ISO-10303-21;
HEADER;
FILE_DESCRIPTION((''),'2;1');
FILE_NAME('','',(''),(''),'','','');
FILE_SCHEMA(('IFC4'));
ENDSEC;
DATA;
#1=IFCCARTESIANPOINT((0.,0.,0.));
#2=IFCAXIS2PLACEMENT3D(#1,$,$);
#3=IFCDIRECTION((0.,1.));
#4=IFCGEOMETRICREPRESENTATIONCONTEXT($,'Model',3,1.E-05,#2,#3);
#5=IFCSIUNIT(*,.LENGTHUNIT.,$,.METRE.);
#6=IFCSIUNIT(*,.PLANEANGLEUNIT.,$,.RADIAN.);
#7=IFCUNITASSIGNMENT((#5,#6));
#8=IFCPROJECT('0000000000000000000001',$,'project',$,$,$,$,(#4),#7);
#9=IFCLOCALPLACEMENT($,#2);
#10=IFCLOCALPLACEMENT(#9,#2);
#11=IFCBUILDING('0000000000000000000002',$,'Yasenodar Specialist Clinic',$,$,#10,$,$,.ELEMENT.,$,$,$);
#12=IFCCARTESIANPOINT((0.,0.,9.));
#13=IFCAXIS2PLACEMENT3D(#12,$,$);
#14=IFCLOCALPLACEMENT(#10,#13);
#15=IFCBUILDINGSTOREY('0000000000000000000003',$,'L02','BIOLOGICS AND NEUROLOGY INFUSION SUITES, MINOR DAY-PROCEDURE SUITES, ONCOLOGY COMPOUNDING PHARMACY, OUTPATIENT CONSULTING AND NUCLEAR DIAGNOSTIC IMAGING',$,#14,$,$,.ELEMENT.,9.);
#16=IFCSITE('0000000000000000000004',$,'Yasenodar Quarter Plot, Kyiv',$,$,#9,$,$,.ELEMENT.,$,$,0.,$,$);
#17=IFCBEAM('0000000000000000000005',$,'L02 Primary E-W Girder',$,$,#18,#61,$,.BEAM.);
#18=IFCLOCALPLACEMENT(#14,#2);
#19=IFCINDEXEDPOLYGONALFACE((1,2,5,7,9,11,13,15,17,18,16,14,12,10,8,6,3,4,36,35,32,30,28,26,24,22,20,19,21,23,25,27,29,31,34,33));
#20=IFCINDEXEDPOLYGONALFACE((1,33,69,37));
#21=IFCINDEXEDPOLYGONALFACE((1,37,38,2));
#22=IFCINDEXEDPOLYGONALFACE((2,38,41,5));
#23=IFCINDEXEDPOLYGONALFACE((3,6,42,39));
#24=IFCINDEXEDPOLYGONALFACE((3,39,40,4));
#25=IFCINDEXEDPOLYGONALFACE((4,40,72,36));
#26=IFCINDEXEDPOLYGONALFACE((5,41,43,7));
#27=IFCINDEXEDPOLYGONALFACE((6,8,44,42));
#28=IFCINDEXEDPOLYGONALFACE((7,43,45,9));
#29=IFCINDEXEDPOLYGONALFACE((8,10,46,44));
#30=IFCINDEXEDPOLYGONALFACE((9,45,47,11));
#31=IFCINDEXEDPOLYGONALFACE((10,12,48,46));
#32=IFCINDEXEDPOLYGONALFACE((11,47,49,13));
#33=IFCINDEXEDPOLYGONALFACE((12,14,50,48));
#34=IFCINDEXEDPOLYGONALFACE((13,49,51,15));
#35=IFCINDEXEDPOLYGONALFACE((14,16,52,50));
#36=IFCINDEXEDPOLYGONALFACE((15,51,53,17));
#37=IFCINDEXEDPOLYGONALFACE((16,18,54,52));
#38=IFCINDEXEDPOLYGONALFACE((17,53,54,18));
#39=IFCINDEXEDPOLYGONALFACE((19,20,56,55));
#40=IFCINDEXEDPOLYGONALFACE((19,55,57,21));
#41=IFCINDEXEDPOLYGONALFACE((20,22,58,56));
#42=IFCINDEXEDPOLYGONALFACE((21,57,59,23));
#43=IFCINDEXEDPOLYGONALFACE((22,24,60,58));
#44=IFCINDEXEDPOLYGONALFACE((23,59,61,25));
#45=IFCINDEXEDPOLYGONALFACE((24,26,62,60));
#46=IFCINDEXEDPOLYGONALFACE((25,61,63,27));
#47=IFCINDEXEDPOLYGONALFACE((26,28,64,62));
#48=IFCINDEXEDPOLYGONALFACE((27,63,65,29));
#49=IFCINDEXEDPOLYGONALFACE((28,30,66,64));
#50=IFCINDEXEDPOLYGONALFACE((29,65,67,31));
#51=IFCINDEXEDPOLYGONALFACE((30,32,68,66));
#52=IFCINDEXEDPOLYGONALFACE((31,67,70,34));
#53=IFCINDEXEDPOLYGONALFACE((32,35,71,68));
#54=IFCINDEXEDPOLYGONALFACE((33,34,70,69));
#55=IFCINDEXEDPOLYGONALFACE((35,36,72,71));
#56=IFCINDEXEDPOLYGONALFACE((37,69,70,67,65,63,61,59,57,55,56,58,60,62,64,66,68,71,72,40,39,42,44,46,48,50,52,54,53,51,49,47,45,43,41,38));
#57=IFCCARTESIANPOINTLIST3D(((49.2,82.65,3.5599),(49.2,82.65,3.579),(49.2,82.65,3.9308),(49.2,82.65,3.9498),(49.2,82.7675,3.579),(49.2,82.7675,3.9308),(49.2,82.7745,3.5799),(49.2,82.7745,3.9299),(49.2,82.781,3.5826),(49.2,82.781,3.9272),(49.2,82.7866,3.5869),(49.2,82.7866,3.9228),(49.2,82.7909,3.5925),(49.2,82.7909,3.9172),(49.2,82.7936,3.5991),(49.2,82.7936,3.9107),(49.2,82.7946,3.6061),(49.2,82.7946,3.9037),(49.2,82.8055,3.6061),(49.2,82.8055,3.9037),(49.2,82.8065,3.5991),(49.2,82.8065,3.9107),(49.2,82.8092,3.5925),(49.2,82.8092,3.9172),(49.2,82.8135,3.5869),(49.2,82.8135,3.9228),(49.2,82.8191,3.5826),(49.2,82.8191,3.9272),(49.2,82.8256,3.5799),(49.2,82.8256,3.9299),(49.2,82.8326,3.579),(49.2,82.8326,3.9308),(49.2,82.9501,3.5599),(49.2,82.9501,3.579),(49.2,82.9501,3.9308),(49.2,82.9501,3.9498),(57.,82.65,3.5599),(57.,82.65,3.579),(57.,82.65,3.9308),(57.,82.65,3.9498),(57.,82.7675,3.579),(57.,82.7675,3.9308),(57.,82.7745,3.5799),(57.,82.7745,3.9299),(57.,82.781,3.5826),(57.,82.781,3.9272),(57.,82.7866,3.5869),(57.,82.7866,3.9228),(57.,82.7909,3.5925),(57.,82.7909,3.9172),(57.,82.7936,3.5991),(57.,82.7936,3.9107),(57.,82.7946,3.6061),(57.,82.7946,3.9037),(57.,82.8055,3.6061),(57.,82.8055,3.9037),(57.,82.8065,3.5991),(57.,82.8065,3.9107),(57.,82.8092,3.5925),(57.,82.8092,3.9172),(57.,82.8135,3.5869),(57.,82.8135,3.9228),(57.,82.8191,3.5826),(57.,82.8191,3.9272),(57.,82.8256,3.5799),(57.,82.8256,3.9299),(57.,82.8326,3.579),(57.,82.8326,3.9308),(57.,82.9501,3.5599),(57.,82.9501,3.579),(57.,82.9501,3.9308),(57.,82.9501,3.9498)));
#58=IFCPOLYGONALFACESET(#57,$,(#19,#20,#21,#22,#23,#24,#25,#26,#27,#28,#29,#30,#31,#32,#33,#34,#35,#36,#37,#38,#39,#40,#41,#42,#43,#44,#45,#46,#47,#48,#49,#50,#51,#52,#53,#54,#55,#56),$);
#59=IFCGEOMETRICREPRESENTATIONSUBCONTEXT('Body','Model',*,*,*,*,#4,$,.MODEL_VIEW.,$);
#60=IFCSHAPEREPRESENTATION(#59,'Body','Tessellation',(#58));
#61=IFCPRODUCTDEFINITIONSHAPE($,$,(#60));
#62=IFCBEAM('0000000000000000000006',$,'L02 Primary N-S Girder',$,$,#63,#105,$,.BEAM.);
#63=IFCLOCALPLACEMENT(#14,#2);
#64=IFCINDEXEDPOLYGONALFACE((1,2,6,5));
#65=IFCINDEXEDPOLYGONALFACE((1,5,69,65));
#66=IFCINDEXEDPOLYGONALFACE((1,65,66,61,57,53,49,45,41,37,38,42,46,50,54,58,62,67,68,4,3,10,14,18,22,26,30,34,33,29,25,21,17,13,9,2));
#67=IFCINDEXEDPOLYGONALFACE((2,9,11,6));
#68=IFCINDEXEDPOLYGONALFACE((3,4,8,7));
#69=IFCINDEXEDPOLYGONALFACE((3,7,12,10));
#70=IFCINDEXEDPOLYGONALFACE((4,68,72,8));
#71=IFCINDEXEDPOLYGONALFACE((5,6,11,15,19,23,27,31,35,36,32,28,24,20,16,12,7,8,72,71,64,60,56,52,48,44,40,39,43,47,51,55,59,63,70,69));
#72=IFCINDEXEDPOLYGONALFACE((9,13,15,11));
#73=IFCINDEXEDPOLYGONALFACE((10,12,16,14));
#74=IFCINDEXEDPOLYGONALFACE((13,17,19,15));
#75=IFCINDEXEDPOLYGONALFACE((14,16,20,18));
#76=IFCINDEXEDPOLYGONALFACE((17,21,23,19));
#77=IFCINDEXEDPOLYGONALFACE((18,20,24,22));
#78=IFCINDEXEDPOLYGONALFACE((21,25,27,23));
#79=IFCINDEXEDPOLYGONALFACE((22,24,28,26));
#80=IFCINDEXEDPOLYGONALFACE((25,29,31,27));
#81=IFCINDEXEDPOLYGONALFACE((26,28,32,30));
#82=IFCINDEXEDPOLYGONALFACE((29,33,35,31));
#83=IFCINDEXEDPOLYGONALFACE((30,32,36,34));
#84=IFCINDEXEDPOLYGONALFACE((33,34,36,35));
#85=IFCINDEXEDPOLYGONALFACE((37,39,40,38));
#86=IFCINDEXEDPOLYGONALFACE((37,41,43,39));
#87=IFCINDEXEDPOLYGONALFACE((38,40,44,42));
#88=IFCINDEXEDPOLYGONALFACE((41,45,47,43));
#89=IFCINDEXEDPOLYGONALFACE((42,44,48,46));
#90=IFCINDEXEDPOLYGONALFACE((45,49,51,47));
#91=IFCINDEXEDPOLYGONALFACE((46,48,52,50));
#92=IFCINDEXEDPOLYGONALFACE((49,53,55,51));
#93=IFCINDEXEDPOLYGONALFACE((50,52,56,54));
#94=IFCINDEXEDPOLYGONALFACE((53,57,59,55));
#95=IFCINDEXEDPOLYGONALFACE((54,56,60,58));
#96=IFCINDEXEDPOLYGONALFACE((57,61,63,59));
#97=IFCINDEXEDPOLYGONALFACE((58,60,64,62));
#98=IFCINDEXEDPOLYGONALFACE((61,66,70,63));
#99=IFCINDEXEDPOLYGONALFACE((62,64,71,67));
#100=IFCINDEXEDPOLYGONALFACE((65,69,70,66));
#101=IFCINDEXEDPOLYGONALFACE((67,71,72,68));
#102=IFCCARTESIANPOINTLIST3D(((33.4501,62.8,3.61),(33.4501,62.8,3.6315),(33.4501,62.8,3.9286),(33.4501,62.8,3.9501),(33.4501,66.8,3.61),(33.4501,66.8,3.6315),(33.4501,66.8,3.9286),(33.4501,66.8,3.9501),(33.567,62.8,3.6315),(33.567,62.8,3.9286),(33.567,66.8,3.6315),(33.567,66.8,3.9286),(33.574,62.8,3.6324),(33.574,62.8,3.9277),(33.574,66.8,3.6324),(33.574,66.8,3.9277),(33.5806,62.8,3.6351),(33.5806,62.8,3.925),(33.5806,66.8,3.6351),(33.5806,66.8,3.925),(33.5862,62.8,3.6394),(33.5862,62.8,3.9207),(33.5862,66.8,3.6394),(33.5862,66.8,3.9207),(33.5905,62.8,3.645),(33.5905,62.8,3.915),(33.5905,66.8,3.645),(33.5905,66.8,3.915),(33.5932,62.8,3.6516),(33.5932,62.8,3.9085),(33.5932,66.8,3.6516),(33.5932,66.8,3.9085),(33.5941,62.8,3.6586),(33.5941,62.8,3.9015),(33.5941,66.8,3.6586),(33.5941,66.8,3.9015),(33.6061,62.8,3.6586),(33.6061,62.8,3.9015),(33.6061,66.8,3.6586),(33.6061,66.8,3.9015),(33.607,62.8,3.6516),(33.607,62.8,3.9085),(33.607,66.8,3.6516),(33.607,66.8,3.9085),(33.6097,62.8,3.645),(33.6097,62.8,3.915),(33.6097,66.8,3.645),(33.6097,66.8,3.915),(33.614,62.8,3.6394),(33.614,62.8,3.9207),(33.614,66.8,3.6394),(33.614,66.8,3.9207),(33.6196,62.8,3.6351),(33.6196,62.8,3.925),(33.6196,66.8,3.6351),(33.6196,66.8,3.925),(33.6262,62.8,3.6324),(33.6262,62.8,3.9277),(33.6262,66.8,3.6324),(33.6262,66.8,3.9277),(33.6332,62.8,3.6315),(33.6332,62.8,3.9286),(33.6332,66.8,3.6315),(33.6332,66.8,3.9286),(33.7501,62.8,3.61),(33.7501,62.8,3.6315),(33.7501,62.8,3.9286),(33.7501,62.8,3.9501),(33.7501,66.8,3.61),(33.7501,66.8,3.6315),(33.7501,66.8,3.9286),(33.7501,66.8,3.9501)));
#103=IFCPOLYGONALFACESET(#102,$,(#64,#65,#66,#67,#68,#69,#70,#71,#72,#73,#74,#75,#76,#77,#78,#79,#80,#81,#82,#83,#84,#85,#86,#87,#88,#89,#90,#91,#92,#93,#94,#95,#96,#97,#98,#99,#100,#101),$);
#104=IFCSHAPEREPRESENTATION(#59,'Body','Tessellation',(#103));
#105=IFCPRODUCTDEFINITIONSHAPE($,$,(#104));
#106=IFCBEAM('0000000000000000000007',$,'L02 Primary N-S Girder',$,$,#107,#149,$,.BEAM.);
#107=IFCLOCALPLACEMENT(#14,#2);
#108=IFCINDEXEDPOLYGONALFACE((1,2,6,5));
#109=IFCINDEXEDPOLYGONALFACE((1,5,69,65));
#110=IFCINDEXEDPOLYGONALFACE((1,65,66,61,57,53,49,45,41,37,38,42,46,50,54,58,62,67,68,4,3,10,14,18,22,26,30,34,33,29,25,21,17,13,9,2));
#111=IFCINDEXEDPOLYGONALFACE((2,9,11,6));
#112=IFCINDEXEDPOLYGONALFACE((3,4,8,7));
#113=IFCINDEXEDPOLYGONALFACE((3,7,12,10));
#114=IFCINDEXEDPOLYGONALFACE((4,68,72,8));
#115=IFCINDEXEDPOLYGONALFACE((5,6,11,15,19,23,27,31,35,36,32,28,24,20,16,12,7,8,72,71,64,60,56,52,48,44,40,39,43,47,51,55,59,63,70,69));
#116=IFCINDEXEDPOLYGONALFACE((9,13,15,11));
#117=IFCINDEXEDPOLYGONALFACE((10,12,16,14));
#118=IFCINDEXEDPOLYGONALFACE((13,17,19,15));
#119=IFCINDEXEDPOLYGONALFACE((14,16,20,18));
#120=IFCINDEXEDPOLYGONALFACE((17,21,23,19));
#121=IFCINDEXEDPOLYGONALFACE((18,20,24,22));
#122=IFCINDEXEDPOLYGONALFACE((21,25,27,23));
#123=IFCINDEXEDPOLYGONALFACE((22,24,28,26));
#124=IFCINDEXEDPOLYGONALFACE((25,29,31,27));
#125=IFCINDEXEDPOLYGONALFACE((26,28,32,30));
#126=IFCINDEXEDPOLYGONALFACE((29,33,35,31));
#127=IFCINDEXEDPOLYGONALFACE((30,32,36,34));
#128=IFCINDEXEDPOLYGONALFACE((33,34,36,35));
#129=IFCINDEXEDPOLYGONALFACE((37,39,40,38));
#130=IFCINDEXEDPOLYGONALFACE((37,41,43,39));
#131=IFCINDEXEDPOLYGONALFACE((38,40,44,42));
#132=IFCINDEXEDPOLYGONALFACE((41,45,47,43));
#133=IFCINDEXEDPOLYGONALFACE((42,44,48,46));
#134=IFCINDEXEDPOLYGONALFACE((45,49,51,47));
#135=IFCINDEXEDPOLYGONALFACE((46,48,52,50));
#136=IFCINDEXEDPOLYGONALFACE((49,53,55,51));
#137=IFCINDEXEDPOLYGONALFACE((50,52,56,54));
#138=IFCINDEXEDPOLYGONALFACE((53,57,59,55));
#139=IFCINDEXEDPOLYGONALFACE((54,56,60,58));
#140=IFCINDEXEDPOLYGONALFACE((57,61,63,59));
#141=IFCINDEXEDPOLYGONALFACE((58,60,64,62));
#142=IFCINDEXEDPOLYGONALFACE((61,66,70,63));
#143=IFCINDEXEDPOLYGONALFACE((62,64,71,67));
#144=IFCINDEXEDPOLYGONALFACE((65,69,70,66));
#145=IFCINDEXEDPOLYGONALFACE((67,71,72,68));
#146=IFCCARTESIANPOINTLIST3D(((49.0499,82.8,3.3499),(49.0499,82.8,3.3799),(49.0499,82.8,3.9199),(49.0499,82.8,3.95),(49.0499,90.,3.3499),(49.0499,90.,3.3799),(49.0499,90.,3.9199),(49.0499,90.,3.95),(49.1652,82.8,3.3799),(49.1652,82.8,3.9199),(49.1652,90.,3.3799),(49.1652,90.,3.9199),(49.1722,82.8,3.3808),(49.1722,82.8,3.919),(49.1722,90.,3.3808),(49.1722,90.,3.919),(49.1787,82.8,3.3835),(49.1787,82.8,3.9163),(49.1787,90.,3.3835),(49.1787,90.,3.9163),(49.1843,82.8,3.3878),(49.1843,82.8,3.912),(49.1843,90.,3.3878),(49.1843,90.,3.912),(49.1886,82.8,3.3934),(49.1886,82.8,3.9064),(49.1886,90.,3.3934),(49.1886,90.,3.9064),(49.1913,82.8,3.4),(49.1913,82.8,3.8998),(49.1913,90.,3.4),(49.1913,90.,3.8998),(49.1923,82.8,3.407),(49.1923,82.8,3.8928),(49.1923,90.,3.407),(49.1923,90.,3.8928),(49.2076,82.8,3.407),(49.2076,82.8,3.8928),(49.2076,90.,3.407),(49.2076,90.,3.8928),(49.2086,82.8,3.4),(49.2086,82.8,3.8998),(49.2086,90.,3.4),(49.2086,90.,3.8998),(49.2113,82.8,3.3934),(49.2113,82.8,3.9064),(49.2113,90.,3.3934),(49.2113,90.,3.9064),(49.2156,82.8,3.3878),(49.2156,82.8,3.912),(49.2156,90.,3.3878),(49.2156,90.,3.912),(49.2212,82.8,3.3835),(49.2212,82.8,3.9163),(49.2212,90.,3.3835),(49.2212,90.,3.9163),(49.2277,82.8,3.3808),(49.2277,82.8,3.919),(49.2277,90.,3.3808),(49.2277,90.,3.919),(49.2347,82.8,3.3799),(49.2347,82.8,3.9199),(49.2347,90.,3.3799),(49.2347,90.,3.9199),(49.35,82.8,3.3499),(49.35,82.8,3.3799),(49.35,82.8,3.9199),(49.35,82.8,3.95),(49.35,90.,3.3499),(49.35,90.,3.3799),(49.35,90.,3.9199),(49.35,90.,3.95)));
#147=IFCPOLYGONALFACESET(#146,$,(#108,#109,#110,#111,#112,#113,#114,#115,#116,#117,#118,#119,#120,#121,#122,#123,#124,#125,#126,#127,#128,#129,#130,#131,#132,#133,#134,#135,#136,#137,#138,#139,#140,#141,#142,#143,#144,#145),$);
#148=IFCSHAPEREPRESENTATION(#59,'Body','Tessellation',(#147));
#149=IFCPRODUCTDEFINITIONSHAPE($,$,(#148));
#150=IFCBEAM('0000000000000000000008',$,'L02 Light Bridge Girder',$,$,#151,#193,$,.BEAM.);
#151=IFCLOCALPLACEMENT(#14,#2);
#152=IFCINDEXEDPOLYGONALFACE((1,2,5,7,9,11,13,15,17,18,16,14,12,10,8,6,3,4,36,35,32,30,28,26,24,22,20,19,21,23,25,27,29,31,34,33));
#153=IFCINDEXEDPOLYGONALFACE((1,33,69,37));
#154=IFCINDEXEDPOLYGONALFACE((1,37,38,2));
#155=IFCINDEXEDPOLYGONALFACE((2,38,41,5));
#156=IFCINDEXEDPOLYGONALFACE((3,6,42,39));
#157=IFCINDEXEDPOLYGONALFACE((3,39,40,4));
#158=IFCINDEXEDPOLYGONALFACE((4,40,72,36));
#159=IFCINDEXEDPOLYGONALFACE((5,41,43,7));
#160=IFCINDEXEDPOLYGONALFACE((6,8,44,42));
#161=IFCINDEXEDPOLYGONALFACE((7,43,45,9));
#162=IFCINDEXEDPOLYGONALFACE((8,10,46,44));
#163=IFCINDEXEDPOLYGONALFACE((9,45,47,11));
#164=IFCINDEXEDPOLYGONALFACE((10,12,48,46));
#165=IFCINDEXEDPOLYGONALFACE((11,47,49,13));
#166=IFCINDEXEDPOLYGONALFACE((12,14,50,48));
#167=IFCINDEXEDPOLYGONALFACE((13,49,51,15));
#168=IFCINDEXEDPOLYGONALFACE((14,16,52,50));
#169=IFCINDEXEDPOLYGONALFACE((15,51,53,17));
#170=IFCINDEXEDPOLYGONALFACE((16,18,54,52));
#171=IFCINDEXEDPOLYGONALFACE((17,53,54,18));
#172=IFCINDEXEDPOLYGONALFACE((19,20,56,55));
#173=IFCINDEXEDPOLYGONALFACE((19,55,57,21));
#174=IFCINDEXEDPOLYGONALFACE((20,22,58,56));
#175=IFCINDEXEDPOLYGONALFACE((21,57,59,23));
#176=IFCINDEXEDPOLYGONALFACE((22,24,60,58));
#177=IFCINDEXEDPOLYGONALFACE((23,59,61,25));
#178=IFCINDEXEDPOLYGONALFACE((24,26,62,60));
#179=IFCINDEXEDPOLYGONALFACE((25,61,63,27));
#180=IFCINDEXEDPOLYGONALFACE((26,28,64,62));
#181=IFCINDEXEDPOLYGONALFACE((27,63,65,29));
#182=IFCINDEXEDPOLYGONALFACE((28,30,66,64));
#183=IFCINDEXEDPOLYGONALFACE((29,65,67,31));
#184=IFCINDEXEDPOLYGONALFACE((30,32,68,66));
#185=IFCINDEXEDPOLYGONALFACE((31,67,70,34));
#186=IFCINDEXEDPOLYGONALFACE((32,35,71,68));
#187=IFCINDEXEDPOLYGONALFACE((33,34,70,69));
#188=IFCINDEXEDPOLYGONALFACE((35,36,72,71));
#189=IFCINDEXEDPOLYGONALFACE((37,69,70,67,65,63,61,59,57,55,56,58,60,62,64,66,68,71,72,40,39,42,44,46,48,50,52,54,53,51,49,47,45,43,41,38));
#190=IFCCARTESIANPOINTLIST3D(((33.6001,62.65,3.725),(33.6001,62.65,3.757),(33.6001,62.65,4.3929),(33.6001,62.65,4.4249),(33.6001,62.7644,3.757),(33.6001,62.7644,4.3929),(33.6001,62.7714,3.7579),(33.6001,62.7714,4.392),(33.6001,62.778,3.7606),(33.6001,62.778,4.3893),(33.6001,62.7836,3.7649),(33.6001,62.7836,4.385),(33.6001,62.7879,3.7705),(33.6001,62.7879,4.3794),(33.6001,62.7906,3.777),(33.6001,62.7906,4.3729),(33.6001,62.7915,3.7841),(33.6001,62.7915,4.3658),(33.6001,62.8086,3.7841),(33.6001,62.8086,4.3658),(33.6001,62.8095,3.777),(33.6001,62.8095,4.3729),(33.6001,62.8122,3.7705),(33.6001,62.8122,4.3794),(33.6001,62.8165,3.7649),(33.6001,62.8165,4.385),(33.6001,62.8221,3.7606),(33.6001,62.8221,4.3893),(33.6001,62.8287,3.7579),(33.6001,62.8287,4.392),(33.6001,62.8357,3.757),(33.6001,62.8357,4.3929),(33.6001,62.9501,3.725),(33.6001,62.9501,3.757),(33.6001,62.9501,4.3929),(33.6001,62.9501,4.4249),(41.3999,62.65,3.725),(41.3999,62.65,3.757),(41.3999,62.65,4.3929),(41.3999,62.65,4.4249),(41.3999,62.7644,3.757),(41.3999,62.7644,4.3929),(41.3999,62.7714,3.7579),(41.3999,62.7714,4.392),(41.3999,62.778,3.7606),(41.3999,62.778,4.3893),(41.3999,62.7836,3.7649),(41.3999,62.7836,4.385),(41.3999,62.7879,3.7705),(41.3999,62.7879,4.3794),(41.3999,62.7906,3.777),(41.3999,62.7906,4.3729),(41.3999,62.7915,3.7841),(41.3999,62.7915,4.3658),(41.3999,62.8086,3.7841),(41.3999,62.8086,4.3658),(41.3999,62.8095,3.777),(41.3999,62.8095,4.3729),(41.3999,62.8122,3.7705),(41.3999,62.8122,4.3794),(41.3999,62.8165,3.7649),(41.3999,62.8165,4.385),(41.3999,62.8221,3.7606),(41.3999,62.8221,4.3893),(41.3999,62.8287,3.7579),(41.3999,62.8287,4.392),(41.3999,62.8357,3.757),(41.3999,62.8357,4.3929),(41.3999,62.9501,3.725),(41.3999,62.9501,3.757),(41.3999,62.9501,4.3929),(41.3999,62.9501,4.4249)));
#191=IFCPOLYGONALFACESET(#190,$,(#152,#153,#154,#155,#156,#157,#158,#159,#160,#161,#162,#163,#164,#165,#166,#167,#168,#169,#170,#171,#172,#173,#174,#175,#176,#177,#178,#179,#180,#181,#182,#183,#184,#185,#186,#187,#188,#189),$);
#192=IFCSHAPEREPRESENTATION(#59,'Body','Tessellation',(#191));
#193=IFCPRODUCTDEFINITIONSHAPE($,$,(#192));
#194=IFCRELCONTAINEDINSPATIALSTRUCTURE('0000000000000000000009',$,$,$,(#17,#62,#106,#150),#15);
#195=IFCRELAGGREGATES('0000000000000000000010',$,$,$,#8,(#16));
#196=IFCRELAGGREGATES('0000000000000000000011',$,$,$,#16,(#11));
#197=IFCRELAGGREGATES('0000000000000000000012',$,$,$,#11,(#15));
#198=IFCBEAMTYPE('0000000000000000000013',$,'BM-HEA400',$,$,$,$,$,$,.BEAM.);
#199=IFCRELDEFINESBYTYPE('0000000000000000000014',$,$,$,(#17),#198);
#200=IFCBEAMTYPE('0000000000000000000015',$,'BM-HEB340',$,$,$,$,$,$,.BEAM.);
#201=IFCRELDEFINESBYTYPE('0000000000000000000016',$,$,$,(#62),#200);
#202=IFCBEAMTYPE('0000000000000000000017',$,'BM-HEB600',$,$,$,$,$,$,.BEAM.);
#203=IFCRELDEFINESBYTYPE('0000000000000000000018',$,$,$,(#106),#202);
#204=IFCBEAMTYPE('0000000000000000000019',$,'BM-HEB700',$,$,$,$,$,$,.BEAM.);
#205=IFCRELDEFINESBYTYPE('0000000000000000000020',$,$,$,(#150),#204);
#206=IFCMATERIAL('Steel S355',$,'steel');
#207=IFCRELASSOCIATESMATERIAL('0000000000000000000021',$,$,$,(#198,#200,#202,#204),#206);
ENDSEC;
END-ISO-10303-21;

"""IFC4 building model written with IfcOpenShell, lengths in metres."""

from ifc_helpers import new_model, si_unit, direction, frame, origin, origin_2d, place, context, subcontext, project, spatial, i_section, extrude, material, material_profile, profile_set, type_object, element, save


model = new_model("IFC4")

# Units and contexts
model_context = context("Model", 3, precision=1e-05, world=origin(), true_north=direction((0.0, 1.0)))
body_context = subcontext(model_context, "Body", "Model", "MODEL_VIEW")
ifc_project = project(units=[si_unit("LENGTHUNIT", "METRE"), si_unit("PLANEANGLEUNIT", "RADIAN")], contexts=[model_context])

# Site, building, storey
site_placement = place(None, origin())
site = spatial("IfcSite", under=ifc_project, at=site_placement, Name="Yasenodar Quarter Plot, Kyiv", CompositionType="ELEMENT", RefElevation=0.0)
building_placement = place(site_placement, origin())
building = spatial("IfcBuilding", under=site, at=building_placement, Name="Yasenodar Specialist Clinic", CompositionType="ELEMENT")
storey_placement = place(building_placement, frame((0.0, 0.0, 9.0)))
storey = spatial("IfcBuildingStorey", under=building, at=storey_placement, Name="L02", Description="BIOLOGICS AND NEUROLOGY INFUSION SUITES, MINOR DAY-PROCEDURE SUITES, ONCOLOGY COMPOUNDING PHARMACY, OUTPATIENT CONSULTING AND NUCLEAR DIAGNOSTIC IMAGING", CompositionType="ELEMENT", Elevation=9.0)

# Shared definitions
ifc_material_1 = material(Name="Steel S355", Category="steel")

# Beams
ifc_material_profile_1 = material_profile(ifc_material_1, i_section(OverallWidth=0.3, OverallDepth=0.3899, WebThickness=0.011, FlangeThickness=0.019, FilletRadius=0.0271, at=origin_2d()), Name="HEA 400")
ifc_profile_set_1 = profile_set([ifc_material_profile_1], Name="Steel S355")
beam_type_1 = type_object("IfcBeamType", Name="BM-HEA400", PredefinedType="BEAM", material=ifc_profile_set_1)
beam_1_placement = place(storey_placement, frame((49.2, 82.8, 3.7549), z_axis=(1.0, 0.0, 0.0), x_axis=(0.0, 1.0, 0.0)))
element("IfcBeam", 1, at=beam_1_placement, inside=storey, type_object=beam_type_1, Name="L02 Primary E-W Girder", PredefinedType="BEAM", context=body_context, shape_type="SweptSolid", body=[
    extrude(i_section(OverallWidth=0.3, OverallDepth=0.3899, WebThickness=0.011, FlangeThickness=0.019, FilletRadius=0.0271, at=origin_2d()), origin(), (0.0, 0.0, 1.0), 7.8),
])
ifc_material_profile_2 = material_profile(ifc_material_1, i_section(OverallWidth=0.3, OverallDepth=0.3401, WebThickness=0.012, FlangeThickness=0.0215, FilletRadius=0.0271, at=origin_2d()), Name="HEB 340")
ifc_profile_set_2 = profile_set([ifc_material_profile_2], Name="Steel S355")
beam_type_2 = type_object("IfcBeamType", Name="BM-HEB340", PredefinedType="BEAM", material=ifc_profile_set_2)
beam_2_placement = place(storey_placement, frame((33.6001, 62.8, 3.78), z_axis=(0.0, 1.0, 0.0), x_axis=(-1.0, 0.0, 0.0)))
element("IfcBeam", 2, at=beam_2_placement, inside=storey, type_object=beam_type_2, Name="L02 Primary N-S Girder", PredefinedType="BEAM", context=body_context, shape_type="SweptSolid", body=[
    extrude(i_section(OverallWidth=0.3, OverallDepth=0.3401, WebThickness=0.012, FlangeThickness=0.0215, FilletRadius=0.0271, at=origin_2d()), origin(), (0.0, 0.0, 1.0), 4.0),
])
ifc_material_profile_3 = material_profile(ifc_material_1, i_section(OverallWidth=0.3, OverallDepth=0.6001, WebThickness=0.0154, FlangeThickness=0.03, FilletRadius=0.0271, at=origin_2d()), Name="HEB 600")
ifc_profile_set_3 = profile_set([ifc_material_profile_3], Name="Steel S355")
beam_type_3 = type_object("IfcBeamType", Name="BM-HEB600", PredefinedType="BEAM", material=ifc_profile_set_3)
beam_3_placement = place(storey_placement, frame((49.2, 82.8, 3.6499), z_axis=(0.0, 1.0, 0.0), x_axis=(-1.0, 0.0, 0.0)))
element("IfcBeam", 3, at=beam_3_placement, inside=storey, type_object=beam_type_3, Name="L02 Primary N-S Girder", PredefinedType="BEAM", context=body_context, shape_type="SweptSolid", body=[
    extrude(i_section(OverallWidth=0.3, OverallDepth=0.6001, WebThickness=0.0154, FlangeThickness=0.03, FilletRadius=0.0271, at=origin_2d()), origin(), (0.0, 0.0, 1.0), 7.2),
])
ifc_material_profile_4 = material_profile(ifc_material_1, i_section(OverallWidth=0.3, OverallDepth=0.7, WebThickness=0.0171, FlangeThickness=0.032, FilletRadius=0.0271, at=origin_2d()), Name="HEB 700")
ifc_profile_set_4 = profile_set([ifc_material_profile_4], Name="Steel S355")
beam_type_4 = type_object("IfcBeamType", Name="BM-HEB700", PredefinedType="BEAM", material=ifc_profile_set_4)
beam_4_placement = place(storey_placement, frame((33.6001, 62.8, 4.075), z_axis=(1.0, 0.0, 0.0), x_axis=(0.0, 1.0, 0.0)))
element("IfcBeam", 4, at=beam_4_placement, inside=storey, type_object=beam_type_4, Name="L02 Light Bridge Girder", PredefinedType="BEAM", context=body_context, shape_type="SweptSolid", body=[
    extrude(i_section(OverallWidth=0.3, OverallDepth=0.7, WebThickness=0.0171, FlangeThickness=0.032, FilletRadius=0.0271, at=origin_2d()), origin(), (0.0, 0.0, 1.0), 7.7998),
])

save(model, "model.ifc")
